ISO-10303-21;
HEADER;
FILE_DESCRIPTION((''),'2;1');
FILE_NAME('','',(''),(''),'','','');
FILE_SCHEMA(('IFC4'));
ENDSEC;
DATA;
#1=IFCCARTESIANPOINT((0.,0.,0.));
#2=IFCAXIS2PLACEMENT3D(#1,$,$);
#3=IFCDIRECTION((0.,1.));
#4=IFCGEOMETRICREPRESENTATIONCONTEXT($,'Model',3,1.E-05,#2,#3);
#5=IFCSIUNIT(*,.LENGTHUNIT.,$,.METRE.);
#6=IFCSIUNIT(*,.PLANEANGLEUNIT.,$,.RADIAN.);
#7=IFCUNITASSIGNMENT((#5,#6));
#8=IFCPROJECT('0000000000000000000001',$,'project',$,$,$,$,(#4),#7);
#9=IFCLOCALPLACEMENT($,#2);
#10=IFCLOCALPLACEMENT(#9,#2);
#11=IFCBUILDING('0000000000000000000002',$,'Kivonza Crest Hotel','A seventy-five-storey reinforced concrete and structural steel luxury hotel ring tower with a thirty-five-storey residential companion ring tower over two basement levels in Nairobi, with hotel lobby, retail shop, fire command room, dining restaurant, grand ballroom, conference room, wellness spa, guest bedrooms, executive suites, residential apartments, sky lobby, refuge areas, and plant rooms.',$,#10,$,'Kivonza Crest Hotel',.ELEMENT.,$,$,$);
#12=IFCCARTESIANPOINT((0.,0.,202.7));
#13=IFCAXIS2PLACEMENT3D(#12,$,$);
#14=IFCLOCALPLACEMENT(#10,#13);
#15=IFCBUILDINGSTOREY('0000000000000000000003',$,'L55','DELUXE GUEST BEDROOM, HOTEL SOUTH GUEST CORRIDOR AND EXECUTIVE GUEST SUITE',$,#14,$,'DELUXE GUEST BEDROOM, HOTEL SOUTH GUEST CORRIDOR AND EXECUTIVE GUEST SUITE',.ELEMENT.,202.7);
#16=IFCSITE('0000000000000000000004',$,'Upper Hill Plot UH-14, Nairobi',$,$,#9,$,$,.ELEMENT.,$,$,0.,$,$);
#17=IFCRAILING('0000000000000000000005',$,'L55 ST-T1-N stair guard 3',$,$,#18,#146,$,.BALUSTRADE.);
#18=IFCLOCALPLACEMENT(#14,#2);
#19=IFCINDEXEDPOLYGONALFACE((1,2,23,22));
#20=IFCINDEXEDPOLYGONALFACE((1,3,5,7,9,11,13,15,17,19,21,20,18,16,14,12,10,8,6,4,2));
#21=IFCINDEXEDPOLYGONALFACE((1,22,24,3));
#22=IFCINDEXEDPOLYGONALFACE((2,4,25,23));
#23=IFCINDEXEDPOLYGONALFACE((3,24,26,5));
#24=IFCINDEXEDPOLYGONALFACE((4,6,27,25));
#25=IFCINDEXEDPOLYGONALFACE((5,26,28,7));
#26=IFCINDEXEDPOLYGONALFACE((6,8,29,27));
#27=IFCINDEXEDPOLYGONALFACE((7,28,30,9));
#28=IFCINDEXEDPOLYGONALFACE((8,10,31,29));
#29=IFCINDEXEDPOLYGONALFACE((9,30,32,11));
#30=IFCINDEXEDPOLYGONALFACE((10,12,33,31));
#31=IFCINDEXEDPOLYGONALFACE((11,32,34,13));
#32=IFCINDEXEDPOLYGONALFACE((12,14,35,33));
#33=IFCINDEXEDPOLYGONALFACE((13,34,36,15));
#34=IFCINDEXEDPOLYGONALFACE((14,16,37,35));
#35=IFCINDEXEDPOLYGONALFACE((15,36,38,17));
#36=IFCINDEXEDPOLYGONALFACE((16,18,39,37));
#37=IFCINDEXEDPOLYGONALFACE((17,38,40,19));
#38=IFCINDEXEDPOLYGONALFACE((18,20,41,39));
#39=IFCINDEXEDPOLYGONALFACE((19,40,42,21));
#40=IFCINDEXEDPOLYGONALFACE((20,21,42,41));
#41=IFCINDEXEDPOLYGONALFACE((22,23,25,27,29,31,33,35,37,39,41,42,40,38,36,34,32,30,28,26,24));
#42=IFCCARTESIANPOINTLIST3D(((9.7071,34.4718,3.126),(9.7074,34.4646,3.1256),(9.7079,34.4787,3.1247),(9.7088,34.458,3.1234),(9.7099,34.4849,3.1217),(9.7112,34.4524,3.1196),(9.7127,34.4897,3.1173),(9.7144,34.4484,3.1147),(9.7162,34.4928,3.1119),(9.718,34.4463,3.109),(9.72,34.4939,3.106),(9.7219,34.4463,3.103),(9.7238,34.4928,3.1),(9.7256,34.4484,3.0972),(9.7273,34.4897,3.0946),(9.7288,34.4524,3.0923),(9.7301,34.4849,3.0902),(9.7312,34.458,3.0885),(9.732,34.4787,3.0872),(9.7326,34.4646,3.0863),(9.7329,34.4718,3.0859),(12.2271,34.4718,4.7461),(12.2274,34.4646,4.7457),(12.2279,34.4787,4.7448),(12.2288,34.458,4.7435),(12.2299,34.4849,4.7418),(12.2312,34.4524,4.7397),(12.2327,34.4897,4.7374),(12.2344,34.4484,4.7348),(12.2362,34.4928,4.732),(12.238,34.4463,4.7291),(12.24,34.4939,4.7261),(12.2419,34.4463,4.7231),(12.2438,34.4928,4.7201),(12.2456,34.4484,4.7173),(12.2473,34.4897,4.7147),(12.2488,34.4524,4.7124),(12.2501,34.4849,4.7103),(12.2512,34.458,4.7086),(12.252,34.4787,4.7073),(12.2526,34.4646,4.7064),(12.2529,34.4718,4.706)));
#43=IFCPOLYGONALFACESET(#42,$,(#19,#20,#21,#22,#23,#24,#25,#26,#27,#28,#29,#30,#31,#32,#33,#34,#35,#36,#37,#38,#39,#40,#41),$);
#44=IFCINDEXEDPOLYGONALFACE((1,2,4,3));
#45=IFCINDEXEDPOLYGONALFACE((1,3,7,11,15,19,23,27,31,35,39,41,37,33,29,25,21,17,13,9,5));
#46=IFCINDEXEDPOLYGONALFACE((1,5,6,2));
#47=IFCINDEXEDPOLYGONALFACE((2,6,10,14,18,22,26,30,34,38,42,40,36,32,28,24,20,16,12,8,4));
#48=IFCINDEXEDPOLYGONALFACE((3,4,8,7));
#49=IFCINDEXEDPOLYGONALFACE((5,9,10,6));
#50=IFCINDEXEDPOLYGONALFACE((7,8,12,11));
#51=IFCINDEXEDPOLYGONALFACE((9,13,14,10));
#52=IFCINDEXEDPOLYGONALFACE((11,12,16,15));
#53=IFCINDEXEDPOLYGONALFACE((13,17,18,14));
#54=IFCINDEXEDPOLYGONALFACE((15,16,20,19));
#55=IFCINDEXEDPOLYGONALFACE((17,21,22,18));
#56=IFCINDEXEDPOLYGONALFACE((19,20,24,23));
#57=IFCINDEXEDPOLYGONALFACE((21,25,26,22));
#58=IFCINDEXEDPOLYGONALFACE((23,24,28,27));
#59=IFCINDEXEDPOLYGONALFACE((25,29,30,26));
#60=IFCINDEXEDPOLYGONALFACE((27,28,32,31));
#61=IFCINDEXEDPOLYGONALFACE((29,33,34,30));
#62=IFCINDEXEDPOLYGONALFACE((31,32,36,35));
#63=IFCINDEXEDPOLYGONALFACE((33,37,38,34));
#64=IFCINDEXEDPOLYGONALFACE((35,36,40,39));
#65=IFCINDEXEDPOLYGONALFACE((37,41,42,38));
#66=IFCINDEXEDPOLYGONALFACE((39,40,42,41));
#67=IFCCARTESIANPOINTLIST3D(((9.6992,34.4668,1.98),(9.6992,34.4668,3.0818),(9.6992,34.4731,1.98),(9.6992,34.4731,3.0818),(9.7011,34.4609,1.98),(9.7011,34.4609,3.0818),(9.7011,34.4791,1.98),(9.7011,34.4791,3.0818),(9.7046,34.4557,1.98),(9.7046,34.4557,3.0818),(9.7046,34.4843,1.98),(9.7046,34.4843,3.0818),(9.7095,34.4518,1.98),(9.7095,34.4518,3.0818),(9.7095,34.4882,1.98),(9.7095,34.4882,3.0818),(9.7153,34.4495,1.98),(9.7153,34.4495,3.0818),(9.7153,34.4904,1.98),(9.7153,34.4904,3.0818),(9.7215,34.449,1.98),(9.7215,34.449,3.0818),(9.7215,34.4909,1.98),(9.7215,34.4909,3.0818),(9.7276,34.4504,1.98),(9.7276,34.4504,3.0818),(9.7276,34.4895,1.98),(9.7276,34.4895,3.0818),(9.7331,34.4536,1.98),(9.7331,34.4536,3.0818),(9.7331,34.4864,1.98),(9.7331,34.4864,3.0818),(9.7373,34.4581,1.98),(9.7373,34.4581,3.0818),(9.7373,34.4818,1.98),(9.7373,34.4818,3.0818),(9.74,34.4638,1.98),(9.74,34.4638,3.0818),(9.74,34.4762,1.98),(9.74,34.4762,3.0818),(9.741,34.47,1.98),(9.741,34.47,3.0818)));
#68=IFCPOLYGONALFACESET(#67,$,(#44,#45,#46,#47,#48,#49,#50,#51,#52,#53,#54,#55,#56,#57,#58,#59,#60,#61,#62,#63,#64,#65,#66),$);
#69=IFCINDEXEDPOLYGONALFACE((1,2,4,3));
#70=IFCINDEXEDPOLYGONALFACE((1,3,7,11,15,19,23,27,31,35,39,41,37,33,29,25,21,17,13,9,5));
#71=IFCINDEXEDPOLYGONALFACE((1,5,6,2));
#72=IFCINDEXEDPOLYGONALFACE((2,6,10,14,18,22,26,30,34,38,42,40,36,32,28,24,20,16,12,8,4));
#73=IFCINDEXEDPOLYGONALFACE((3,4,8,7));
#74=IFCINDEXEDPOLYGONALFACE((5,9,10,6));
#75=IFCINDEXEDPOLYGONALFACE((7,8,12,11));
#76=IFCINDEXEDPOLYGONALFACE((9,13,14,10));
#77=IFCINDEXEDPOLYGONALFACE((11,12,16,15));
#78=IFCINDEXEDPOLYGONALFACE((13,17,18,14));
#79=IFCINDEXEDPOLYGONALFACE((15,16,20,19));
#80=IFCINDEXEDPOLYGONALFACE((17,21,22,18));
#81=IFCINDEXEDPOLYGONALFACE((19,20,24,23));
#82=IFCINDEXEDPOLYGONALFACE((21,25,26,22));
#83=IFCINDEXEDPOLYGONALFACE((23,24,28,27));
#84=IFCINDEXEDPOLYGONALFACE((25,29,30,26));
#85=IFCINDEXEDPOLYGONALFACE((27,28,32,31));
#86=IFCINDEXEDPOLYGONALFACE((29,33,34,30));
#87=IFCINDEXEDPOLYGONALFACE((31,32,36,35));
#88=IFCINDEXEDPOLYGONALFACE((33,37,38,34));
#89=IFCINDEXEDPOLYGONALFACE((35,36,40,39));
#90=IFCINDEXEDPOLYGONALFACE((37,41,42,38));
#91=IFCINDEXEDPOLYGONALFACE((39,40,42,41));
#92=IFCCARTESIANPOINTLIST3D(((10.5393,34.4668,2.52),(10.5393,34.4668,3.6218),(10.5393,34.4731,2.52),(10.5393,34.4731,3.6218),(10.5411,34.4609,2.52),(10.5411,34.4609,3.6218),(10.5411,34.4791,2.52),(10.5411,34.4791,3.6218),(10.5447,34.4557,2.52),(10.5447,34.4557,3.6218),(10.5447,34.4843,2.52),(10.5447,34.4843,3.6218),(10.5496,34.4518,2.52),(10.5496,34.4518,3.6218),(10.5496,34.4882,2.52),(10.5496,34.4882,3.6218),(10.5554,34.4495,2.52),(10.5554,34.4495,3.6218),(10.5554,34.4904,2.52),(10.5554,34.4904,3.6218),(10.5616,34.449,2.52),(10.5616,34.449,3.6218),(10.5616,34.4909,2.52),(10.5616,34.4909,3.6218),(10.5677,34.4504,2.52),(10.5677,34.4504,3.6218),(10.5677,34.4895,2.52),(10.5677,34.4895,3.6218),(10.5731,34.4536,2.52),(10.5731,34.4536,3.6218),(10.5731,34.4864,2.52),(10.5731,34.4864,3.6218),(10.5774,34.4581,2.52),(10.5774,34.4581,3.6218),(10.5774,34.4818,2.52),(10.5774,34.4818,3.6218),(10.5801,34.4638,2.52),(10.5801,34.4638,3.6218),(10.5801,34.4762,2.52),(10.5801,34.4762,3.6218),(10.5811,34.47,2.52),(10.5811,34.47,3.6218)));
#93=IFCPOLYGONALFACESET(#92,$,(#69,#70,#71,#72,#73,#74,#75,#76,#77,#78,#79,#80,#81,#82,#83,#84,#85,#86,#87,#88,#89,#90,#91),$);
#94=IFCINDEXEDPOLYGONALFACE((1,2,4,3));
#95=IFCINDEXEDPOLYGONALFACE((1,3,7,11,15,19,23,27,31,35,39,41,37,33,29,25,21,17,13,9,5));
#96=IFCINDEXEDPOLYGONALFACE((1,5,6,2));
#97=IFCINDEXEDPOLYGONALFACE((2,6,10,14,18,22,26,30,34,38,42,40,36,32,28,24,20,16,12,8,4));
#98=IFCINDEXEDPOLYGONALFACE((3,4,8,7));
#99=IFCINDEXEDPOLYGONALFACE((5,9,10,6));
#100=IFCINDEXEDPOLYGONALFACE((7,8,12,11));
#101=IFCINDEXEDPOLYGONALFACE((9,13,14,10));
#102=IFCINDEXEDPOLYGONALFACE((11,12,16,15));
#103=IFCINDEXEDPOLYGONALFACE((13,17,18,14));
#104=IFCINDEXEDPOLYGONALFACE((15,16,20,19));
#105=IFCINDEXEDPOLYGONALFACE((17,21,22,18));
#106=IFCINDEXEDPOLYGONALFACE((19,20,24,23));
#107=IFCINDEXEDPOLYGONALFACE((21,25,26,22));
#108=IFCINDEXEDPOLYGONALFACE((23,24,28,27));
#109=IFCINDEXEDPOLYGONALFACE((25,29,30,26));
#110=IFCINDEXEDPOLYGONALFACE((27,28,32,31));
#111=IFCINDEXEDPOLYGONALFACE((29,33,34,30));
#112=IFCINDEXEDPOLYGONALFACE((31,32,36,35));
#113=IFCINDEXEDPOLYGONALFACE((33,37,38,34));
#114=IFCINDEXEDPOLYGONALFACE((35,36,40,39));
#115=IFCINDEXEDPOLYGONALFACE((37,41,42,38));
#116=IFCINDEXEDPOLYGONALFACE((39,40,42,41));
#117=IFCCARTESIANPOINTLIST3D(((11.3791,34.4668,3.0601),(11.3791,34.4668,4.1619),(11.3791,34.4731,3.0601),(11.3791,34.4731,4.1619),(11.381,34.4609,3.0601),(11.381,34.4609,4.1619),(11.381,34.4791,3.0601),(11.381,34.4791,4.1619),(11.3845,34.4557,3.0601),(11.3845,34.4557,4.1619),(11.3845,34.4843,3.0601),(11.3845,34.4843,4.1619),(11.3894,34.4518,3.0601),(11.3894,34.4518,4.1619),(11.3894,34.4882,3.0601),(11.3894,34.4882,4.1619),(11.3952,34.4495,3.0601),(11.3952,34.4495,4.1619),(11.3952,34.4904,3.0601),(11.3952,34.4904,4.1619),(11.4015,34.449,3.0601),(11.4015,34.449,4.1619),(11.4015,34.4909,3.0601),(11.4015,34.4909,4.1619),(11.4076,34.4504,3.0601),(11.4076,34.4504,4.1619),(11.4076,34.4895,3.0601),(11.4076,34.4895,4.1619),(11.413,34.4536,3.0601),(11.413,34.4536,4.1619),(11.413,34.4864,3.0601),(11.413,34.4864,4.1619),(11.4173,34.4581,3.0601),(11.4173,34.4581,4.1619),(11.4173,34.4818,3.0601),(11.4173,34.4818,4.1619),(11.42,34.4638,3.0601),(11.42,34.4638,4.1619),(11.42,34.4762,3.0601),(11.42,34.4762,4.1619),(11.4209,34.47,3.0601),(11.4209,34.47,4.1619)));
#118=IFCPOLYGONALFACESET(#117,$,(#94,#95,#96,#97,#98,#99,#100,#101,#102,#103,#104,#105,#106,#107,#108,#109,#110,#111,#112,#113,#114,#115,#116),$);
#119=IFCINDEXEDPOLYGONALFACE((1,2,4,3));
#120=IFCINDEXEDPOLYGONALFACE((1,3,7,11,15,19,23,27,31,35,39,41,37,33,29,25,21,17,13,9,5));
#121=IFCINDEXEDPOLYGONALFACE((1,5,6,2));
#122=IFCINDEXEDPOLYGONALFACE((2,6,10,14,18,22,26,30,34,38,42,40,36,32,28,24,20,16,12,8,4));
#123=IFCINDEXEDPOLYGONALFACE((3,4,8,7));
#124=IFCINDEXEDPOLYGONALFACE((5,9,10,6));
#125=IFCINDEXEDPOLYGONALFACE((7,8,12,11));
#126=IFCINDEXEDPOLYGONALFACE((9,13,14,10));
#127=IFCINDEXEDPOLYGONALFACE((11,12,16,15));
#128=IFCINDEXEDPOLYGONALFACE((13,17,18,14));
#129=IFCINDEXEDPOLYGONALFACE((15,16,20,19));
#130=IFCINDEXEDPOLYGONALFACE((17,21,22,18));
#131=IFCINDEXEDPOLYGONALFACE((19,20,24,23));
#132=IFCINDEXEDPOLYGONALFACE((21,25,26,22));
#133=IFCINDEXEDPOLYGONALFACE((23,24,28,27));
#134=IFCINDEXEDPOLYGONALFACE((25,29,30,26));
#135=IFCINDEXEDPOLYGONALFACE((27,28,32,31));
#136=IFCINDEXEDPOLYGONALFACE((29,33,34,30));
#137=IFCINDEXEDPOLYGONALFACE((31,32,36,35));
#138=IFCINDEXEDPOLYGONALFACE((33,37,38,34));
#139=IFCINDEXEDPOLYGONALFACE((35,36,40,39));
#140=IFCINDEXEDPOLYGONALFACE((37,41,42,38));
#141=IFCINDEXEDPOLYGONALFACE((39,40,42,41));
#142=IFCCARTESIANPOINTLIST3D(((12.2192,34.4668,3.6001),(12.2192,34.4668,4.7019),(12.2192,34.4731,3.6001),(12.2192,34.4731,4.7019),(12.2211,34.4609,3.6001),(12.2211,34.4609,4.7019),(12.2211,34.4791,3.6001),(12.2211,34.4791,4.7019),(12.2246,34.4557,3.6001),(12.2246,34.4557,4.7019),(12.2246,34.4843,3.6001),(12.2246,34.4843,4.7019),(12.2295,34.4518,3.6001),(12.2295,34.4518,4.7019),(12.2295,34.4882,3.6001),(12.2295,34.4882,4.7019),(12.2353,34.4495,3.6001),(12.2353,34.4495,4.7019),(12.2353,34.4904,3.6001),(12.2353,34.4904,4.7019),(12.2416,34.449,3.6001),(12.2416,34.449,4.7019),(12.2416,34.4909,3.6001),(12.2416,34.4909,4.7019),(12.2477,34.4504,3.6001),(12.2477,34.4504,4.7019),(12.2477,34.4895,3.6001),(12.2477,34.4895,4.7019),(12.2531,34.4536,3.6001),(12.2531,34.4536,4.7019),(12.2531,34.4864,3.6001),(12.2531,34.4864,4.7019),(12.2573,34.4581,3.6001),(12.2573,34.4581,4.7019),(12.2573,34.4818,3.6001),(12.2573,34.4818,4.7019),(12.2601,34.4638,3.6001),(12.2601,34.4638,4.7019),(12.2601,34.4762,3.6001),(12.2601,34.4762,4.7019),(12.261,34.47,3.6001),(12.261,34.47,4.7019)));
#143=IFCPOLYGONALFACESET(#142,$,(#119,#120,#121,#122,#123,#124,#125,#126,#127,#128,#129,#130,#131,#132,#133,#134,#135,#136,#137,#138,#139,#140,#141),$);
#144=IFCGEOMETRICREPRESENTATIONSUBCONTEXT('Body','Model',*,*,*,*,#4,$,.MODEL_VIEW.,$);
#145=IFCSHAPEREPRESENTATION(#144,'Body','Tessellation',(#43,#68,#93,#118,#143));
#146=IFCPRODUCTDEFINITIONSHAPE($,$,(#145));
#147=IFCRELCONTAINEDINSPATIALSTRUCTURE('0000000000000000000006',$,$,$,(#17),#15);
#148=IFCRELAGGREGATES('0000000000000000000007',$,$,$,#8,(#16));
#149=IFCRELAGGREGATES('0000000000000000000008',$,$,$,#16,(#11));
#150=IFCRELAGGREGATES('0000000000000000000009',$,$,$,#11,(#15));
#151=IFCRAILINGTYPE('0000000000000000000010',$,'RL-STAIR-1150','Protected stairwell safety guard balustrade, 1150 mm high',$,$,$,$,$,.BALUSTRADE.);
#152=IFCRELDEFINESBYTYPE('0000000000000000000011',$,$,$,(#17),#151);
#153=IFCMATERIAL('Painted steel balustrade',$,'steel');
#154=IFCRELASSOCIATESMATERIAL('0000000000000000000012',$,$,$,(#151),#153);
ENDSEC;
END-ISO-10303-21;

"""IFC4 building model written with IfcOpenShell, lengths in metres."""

from ifc_helpers import new_model, si_unit, direction, frame, origin, origin_2d, place, context, subcontext, project, spatial, circle, extrude, material, type_object, element, save


model = new_model("IFC4")

# Units and contexts
model_context = context("Model", 3, precision=1e-05, world=origin(), true_north=direction((0.0, 1.0)))
body_context = subcontext(model_context, "Body", "Model", "MODEL_VIEW")
ifc_project = project(units=[si_unit("LENGTHUNIT", "METRE"), si_unit("PLANEANGLEUNIT", "RADIAN")], contexts=[model_context])

# Site, building, storey
site_placement = place(None, origin())
site = spatial("IfcSite", under=ifc_project, at=site_placement, Name="Upper Hill Plot UH-14, Nairobi", CompositionType="ELEMENT", RefElevation=0.0)
building_placement = place(site_placement, origin())
building = spatial("IfcBuilding", under=site, at=building_placement, Name="Kivonza Crest Hotel", Description="A seventy-five-storey reinforced concrete and structural steel luxury hotel ring tower with a thirty-five-storey residential companion ring tower over two basement levels in Nairobi, with hotel lobby, retail shop, fire command room, dining restaurant, grand ballroom, conference room, wellness spa, guest bedrooms, executive suites, residential apartments, sky lobby, refuge areas, and plant rooms.", LongName="Kivonza Crest Hotel", CompositionType="ELEMENT")
storey_placement = place(building_placement, frame((0.0, 0.0, 202.7)))
storey = spatial("IfcBuildingStorey", under=building, at=storey_placement, Name="L55", Description="DELUXE GUEST BEDROOM, HOTEL SOUTH GUEST CORRIDOR AND EXECUTIVE GUEST SUITE", LongName="DELUXE GUEST BEDROOM, HOTEL SOUTH GUEST CORRIDOR AND EXECUTIVE GUEST SUITE", CompositionType="ELEMENT", Elevation=202.7)

# Railing
ifc_material_1 = material(Name="Painted steel balustrade", Category="steel")
railing_type_1 = type_object("IfcRailingType", Name="RL-STAIR-1150", Description="Protected stairwell safety guard balustrade, 1150 mm high", PredefinedType="BALUSTRADE", material=ifc_material_1)
railing_1_placement = place(storey_placement, frame((9.72, 34.47, 1.98)))
element("IfcRailing", 1, at=railing_1_placement, inside=storey, type_object=railing_type_1, Name="L55 ST-T1-N stair guard 3", PredefinedType="BALUSTRADE", context=body_context, shape_type="SweptSolid", body=[
    extrude(circle(Radius=0.0239, at=origin_2d()), frame((0.0, 0.0, 1.126), z_axis=(0.841163, 0.0, 0.540782), x_axis=(0.0, 1.0, 0.0)), (0.0, 0.0, 1.0), 2.9958),
    extrude(circle(Radius=0.021, at=origin_2d()), origin(), (0.0, 0.0, 1.0), 1.1018),
    extrude(circle(Radius=0.021, at=origin_2d()), frame((0.8401, 0.0, 0.54)), (0.0, 0.0, 1.0), 1.1018),
    extrude(circle(Radius=0.021, at=origin_2d()), frame((1.6799, 0.0, 1.0801)), (0.0, 0.0, 1.0), 1.1018),
    extrude(circle(Radius=0.021, at=origin_2d()), frame((2.52, 0.0, 1.6201)), (0.0, 0.0, 1.0), 1.1018),
])

save(model, "model.ifc")
